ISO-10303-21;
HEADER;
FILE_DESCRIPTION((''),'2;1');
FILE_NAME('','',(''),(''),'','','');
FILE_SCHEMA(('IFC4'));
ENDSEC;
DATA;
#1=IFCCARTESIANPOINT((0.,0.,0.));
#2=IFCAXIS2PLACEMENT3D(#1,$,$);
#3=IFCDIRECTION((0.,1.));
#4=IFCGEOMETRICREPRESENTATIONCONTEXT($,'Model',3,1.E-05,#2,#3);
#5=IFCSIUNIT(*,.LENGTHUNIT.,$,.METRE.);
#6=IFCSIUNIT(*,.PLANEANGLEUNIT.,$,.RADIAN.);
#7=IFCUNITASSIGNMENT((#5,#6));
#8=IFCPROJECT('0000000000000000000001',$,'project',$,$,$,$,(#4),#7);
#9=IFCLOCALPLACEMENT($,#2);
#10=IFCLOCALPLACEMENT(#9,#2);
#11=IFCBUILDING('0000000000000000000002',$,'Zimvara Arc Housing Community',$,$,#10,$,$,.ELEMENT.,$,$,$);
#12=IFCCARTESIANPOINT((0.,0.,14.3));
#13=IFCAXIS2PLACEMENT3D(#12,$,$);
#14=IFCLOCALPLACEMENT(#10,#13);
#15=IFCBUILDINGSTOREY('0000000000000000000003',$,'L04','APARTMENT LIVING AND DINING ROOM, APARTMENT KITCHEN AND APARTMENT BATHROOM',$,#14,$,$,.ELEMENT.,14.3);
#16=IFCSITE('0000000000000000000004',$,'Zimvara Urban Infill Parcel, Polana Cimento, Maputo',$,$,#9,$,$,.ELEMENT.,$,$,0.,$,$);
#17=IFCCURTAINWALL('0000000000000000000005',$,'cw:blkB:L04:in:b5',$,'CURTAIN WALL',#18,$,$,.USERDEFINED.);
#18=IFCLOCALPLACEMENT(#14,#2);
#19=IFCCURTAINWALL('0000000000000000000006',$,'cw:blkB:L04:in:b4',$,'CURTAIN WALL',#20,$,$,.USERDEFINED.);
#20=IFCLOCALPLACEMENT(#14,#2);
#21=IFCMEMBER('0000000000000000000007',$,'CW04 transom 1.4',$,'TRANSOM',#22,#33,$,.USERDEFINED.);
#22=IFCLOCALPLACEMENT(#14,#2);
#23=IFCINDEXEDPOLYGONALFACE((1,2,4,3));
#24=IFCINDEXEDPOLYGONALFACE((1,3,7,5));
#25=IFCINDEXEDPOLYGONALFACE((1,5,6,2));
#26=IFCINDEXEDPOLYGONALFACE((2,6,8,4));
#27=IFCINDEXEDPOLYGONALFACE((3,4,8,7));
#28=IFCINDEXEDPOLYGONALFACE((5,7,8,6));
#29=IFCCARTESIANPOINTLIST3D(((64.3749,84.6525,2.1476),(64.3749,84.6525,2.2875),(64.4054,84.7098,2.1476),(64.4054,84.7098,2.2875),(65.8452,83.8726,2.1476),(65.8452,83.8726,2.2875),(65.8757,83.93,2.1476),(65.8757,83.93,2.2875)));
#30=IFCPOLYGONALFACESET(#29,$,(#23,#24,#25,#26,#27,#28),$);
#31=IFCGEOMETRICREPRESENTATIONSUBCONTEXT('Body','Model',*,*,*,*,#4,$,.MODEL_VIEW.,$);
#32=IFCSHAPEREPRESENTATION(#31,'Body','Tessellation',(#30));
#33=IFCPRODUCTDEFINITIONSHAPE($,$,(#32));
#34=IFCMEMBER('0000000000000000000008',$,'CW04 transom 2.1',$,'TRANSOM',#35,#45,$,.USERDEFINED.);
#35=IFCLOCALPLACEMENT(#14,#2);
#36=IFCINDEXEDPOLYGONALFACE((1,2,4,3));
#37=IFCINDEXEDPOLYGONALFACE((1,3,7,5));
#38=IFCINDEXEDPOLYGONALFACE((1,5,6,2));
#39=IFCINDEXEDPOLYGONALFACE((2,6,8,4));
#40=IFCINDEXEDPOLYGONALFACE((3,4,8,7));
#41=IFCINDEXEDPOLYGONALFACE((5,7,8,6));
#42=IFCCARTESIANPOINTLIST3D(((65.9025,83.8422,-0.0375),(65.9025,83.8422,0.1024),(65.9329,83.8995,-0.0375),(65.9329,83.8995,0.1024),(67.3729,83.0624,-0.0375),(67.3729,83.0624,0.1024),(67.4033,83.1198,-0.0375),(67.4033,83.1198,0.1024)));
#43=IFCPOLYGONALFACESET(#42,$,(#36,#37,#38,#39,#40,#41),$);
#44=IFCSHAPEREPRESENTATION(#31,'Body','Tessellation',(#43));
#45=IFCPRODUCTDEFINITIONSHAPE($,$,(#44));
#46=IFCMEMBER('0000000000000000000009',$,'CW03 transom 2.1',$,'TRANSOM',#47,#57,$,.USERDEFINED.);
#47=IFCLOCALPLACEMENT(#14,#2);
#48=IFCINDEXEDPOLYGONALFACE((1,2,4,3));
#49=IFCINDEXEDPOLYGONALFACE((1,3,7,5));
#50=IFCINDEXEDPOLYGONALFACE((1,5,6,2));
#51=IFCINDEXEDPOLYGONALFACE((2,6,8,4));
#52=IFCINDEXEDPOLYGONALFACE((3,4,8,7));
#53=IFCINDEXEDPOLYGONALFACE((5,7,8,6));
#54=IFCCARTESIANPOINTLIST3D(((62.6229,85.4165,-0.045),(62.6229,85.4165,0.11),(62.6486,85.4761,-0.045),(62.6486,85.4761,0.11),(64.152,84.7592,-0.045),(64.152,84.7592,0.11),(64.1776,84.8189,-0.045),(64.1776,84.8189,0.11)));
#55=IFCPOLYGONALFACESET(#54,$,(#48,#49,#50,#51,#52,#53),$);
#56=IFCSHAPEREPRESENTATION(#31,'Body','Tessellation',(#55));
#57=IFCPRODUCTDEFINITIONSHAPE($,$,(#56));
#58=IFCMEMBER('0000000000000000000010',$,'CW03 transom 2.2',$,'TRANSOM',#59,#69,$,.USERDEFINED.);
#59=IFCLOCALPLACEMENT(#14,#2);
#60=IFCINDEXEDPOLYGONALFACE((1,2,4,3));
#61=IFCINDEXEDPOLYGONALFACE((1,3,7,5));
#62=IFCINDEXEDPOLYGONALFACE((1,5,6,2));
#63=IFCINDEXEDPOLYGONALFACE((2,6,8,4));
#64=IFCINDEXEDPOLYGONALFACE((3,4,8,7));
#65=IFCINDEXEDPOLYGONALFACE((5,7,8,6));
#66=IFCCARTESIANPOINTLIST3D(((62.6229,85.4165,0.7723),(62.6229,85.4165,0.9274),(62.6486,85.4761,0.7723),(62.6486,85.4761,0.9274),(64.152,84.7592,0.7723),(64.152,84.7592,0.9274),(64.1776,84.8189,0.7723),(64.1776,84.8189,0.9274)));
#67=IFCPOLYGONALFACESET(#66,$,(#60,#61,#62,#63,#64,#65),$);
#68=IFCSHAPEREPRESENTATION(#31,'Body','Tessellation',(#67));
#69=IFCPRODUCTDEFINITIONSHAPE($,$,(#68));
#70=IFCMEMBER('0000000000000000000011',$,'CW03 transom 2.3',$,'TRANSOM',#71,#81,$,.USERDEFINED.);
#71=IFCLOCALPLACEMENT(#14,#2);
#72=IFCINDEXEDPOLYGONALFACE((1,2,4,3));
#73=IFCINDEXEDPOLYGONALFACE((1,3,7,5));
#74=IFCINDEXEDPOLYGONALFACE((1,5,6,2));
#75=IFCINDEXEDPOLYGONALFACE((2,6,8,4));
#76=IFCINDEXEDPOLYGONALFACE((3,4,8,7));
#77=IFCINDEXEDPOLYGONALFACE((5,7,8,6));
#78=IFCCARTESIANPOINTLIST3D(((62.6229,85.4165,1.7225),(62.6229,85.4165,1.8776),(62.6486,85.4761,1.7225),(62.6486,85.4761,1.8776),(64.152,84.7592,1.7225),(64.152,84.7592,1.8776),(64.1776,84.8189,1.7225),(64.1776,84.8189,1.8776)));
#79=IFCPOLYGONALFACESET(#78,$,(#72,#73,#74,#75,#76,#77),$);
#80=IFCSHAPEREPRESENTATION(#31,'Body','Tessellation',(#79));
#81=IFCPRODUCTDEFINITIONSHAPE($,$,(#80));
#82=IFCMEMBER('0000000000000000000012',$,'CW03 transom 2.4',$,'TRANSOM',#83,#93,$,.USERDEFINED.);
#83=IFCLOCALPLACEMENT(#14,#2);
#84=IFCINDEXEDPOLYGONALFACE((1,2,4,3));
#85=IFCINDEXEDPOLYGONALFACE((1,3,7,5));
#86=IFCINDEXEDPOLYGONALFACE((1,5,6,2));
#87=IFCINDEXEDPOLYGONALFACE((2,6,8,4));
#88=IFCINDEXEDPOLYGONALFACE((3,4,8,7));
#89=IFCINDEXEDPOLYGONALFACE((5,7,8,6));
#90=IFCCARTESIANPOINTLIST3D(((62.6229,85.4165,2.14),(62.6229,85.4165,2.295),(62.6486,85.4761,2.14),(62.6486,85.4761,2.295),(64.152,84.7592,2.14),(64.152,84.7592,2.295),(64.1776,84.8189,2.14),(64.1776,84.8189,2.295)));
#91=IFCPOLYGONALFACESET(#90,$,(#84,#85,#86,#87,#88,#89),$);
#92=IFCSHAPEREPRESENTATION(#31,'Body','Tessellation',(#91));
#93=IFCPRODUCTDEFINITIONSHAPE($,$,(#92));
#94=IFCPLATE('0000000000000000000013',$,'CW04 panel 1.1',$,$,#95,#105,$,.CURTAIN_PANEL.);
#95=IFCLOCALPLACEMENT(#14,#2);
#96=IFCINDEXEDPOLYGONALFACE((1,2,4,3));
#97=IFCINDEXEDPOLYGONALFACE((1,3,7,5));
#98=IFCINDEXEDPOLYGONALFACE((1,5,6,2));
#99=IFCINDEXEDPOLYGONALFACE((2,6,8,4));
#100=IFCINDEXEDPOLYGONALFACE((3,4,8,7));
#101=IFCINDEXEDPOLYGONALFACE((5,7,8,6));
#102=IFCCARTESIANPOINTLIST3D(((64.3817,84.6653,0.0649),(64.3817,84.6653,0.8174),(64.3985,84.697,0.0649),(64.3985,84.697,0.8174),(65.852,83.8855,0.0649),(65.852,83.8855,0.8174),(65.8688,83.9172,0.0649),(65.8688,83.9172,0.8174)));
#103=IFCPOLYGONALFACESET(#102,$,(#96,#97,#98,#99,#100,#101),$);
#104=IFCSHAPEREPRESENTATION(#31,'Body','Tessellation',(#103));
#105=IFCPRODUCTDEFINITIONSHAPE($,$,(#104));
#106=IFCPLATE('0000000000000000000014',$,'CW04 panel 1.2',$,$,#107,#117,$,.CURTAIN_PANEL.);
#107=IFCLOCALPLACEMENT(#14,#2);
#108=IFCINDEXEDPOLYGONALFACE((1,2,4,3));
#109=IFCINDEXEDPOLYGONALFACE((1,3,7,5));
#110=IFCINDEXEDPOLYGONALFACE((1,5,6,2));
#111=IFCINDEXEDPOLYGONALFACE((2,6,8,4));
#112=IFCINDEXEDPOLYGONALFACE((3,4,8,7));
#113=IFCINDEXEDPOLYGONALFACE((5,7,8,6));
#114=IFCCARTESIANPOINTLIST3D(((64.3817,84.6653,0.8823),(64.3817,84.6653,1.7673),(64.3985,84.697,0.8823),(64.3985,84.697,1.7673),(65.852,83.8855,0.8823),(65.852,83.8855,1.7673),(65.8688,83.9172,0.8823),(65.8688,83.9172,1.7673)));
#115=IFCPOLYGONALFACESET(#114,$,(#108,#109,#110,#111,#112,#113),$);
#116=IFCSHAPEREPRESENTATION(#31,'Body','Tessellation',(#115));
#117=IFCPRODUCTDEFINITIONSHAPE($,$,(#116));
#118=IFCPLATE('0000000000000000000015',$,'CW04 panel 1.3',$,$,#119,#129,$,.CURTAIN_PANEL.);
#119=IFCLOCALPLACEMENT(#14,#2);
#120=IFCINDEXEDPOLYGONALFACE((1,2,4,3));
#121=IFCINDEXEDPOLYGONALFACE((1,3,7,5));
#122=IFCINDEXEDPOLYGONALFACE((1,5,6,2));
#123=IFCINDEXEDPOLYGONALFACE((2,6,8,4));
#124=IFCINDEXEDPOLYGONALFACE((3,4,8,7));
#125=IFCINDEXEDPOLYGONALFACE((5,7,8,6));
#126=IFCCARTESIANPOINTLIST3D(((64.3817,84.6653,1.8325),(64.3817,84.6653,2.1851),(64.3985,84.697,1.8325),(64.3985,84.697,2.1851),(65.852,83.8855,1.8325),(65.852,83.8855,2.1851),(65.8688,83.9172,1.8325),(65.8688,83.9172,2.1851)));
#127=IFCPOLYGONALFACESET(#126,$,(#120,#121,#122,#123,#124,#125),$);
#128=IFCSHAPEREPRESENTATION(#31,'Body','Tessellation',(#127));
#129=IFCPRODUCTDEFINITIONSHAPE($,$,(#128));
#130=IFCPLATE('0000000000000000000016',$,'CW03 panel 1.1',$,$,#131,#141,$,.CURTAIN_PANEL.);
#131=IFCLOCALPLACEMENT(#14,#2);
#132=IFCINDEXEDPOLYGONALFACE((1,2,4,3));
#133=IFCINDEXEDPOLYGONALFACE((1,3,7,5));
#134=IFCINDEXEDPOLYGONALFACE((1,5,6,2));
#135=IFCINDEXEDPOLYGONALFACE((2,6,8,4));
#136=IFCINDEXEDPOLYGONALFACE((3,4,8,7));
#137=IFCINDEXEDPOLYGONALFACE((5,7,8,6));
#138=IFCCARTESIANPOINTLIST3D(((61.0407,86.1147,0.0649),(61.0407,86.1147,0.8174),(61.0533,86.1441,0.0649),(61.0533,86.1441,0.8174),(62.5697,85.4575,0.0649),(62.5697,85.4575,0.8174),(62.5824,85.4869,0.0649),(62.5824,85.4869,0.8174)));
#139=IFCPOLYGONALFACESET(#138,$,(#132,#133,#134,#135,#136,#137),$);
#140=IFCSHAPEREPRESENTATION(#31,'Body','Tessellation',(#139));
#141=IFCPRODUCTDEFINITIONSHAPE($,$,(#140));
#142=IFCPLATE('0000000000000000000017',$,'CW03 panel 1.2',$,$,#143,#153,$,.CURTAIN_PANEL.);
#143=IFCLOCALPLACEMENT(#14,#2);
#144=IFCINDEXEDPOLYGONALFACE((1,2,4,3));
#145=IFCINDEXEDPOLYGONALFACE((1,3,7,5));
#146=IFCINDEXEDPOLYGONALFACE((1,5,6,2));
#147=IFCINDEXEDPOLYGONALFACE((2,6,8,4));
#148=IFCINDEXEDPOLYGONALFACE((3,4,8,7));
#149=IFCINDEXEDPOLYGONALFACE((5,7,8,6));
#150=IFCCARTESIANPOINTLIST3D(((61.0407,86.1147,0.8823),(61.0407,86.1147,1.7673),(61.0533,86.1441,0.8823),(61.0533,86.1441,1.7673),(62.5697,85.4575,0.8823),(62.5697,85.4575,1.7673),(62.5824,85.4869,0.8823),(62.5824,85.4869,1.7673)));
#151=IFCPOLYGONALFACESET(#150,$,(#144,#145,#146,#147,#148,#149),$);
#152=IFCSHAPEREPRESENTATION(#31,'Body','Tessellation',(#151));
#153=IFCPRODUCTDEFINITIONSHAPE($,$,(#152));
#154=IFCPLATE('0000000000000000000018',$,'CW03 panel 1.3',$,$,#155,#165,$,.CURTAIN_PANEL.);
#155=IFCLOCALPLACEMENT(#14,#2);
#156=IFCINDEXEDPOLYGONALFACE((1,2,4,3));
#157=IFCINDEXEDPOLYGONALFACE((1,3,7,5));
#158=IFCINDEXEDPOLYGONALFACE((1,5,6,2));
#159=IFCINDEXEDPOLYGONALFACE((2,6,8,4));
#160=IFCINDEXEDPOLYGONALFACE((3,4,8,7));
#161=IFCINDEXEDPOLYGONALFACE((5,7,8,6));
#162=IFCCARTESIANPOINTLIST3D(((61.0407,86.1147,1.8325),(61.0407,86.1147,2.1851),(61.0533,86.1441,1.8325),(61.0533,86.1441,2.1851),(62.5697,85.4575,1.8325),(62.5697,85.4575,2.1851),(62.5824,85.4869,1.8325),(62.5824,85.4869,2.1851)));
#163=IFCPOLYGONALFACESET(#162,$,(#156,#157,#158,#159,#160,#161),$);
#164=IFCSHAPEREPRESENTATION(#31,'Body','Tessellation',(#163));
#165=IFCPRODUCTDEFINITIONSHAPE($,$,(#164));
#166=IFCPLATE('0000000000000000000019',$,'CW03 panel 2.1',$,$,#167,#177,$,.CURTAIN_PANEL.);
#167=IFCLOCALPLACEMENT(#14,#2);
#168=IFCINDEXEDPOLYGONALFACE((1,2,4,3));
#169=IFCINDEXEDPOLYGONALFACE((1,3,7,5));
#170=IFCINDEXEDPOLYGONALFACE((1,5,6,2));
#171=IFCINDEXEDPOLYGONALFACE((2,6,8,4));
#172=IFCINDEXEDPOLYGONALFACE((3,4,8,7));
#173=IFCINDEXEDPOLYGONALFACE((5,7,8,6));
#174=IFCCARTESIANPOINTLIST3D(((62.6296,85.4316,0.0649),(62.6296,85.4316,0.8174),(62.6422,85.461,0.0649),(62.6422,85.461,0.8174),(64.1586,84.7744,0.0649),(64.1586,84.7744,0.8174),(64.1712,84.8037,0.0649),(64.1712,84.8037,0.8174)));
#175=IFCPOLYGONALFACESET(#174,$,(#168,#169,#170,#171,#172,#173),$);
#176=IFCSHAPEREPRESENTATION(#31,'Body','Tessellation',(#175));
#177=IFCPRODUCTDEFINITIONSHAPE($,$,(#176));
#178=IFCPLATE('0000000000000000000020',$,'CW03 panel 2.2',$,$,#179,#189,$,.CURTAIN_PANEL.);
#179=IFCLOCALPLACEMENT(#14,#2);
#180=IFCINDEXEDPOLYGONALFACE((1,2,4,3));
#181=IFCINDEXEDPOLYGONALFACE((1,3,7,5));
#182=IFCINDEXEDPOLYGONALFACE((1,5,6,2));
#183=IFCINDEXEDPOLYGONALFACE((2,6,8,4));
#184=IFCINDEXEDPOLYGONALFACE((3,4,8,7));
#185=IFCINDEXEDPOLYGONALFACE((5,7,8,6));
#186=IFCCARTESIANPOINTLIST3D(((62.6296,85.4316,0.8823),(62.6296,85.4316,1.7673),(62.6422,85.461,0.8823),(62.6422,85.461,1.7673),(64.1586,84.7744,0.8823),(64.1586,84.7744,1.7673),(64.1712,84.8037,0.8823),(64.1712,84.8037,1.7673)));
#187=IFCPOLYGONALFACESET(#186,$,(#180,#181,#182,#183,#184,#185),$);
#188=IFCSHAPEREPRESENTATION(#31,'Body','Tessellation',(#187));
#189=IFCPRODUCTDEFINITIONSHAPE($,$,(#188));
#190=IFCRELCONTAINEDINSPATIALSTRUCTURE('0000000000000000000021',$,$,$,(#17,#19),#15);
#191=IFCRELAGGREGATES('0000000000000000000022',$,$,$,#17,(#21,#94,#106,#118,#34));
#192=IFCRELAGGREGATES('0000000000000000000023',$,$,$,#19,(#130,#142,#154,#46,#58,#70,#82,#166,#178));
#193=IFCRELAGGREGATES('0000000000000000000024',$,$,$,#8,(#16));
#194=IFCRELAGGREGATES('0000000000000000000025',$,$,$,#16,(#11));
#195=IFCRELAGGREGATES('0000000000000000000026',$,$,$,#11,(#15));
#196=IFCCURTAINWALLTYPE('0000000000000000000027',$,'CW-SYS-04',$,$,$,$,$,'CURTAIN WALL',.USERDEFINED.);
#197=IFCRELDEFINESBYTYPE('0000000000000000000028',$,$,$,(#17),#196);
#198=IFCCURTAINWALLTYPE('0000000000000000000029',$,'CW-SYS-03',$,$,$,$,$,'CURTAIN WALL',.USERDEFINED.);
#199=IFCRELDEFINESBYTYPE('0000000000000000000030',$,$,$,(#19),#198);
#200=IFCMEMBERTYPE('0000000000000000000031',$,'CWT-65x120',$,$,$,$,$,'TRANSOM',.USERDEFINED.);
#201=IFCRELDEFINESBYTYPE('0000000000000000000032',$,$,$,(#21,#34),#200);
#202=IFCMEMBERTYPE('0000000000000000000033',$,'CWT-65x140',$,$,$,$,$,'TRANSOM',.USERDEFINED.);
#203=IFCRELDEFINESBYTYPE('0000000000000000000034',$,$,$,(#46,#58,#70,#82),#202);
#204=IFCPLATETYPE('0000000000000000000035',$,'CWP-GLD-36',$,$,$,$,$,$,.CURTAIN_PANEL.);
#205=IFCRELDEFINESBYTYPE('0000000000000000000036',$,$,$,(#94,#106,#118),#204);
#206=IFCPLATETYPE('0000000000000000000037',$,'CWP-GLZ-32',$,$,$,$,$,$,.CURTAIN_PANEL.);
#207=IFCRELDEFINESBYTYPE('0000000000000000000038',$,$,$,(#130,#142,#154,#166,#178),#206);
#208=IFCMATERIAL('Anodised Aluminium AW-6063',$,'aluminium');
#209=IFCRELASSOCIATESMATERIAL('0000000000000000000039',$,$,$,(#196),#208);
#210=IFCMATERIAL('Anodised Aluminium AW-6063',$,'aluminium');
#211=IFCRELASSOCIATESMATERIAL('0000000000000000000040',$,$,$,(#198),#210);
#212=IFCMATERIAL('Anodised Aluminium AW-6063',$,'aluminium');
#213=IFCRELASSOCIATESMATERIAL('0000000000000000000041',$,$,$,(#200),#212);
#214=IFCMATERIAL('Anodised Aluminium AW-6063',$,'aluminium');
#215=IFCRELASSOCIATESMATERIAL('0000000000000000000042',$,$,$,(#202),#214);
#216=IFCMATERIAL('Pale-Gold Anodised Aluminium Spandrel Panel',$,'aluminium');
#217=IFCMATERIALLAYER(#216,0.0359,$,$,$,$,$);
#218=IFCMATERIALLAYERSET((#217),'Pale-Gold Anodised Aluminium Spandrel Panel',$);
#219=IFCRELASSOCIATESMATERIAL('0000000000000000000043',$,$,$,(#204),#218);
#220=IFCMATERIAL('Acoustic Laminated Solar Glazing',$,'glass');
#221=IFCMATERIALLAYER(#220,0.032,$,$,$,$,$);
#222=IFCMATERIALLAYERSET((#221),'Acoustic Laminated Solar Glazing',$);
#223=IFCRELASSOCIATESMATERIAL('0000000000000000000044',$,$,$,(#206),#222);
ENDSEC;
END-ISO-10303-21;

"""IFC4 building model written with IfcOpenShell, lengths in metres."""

from ifc_helpers import new_model, si_unit, direction, frame, origin, origin_2d, place, context, subcontext, project, spatial, rectangle, extrude, material, layer, layer_set, material_profile, profile_set, type_object, element, aggregate, save


model = new_model("IFC4")

# Units and contexts
model_context = context("Model", 3, precision=1e-05, world=origin(), true_north=direction((0.0, 1.0)))
body_context = subcontext(model_context, "Body", "Model", "MODEL_VIEW")
ifc_project = project(units=[si_unit("LENGTHUNIT", "METRE"), si_unit("PLANEANGLEUNIT", "RADIAN")], contexts=[model_context])

# Site, building, storey
site_placement = place(None, origin())
site = spatial("IfcSite", under=ifc_project, at=site_placement, Name="Zimvara Urban Infill Parcel, Polana Cimento, Maputo", CompositionType="ELEMENT", RefElevation=0.0)
building_placement = place(site_placement, origin())
building = spatial("IfcBuilding", under=site, at=building_placement, Name="Zimvara Arc Housing Community", CompositionType="ELEMENT")
storey_placement = place(building_placement, frame((0.0, 0.0, 14.3)))
storey = spatial("IfcBuildingStorey", under=building, at=storey_placement, Name="L04", Description="APARTMENT LIVING AND DINING ROOM, APARTMENT KITCHEN AND APARTMENT BATHROOM", CompositionType="ELEMENT", Elevation=14.3)

# Curtain walls
ifc_material_1 = material(Name="Anodised Aluminium AW-6063", Category="aluminium")
curtain_wall_type_1 = type_object("IfcCurtainWallType", Name="CW-SYS-04", ElementType="CURTAIN WALL", PredefinedType="USERDEFINED", material=ifc_material_1)
curtain_wall_1_placement = place(storey_placement, origin())
curtain_wall_1 = element("IfcCurtainWall", 1, at=curtain_wall_1_placement, inside=storey, type_object=curtain_wall_type_1, Name="cw:blkB:L04:in:b5", ObjectType="CURTAIN WALL", PredefinedType="USERDEFINED")
ifc_material_2 = material(Name="Anodised Aluminium AW-6063", Category="aluminium")
curtain_wall_type_2 = type_object("IfcCurtainWallType", Name="CW-SYS-03", ElementType="CURTAIN WALL", PredefinedType="USERDEFINED", material=ifc_material_2)
curtain_wall_2_placement = place(storey_placement, origin())
curtain_wall_2 = element("IfcCurtainWall", 2, at=curtain_wall_2_placement, inside=storey, type_object=curtain_wall_type_2, Name="cw:blkB:L04:in:b4", ObjectType="CURTAIN WALL", PredefinedType="USERDEFINED")

# Members
ifc_material_3 = material(Name="Anodised Aluminium AW-6063", Category="aluminium")
ifc_material_profile_1 = material_profile(ifc_material_3, rectangle(XDim=0.0649, YDim=0.1399, at=origin_2d()), Name="ALU 65x140")
ifc_profile_set_1 = profile_set([ifc_material_profile_1], Name="Anodised Aluminium AW-6063")
member_type_1 = type_object("IfcMemberType", Name="CWT-65x120", ElementType="TRANSOM", PredefinedType="USERDEFINED", material=ifc_profile_set_1)
member_1_placement = place(storey_placement, frame((64.3901, 84.6812, 2.2175), z_axis=(0.883431, -0.468562, 0.0), x_axis=(0.468562, 0.883431, 0.0)))
member_1 = element("IfcMember", 3, at=member_1_placement, type_object=member_type_1, Name="CW04 transom 1.4", ObjectType="TRANSOM", PredefinedType="USERDEFINED", context=body_context, shape_type="SweptSolid", body=[
    extrude(rectangle(XDim=0.0649, YDim=0.1399, at=origin_2d()), origin(), (0.0, 0.0, 1.0), 1.6643),
])
member_2_placement = place(storey_placement, frame((65.9177, 83.8708, 0.0325), z_axis=(0.883463, -0.468501, 0.0), x_axis=(0.468501, 0.883463, 0.0)))
member_2 = element("IfcMember", 4, at=member_2_placement, type_object=member_type_1, Name="CW04 transom 2.1", ObjectType="TRANSOM", PredefinedType="USERDEFINED", context=body_context, shape_type="SweptSolid", body=[
    extrude(rectangle(XDim=0.0649, YDim=0.1399, at=origin_2d()), origin(), (0.0, 0.0, 1.0), 1.6643),
])
ifc_material_4 = material(Name="Anodised Aluminium AW-6063", Category="aluminium")
ifc_material_profile_2 = material_profile(ifc_material_4, rectangle(XDim=0.0649, YDim=0.155, at=origin_2d()), Name="ALU 65x155")
ifc_profile_set_2 = profile_set([ifc_material_profile_2], Name="Anodised Aluminium AW-6063")
member_type_2 = type_object("IfcMemberType", Name="CWT-65x140", ElementType="TRANSOM", PredefinedType="USERDEFINED", material=ifc_profile_set_2)
member_3_placement = place(storey_placement, frame((62.6357, 85.4463, 0.0325), z_axis=(0.918727, -0.394893, 0.0), x_axis=(0.394893, 0.918727, 0.0)))
member_3 = element("IfcMember", 5, at=member_3_placement, type_object=member_type_2, Name="CW03 transom 2.1", ObjectType="TRANSOM", PredefinedType="USERDEFINED", context=body_context, shape_type="SweptSolid", body=[
    extrude(rectangle(XDim=0.0649, YDim=0.155, at=origin_2d()), origin(), (0.0, 0.0, 1.0), 1.6643),
])
member_4_placement = place(storey_placement, frame((62.6357, 85.4463, 0.8499), z_axis=(0.918727, -0.394893, 0.0), x_axis=(0.394893, 0.918727, 0.0)))
member_4 = element("IfcMember", 6, at=member_4_placement, type_object=member_type_2, Name="CW03 transom 2.2", ObjectType="TRANSOM", PredefinedType="USERDEFINED", context=body_context, shape_type="SweptSolid", body=[
    extrude(rectangle(XDim=0.0649, YDim=0.155, at=origin_2d()), origin(), (0.0, 0.0, 1.0), 1.6643),
])
member_5_placement = place(storey_placement, frame((62.6357, 85.4463, 1.8), z_axis=(0.918727, -0.394893, 0.0), x_axis=(0.394893, 0.918727, 0.0)))
member_5 = element("IfcMember", 7, at=member_5_placement, type_object=member_type_2, Name="CW03 transom 2.3", ObjectType="TRANSOM", PredefinedType="USERDEFINED", context=body_context, shape_type="SweptSolid", body=[
    extrude(rectangle(XDim=0.0649, YDim=0.155, at=origin_2d()), origin(), (0.0, 0.0, 1.0), 1.6643),
])
member_6_placement = place(storey_placement, frame((62.6357, 85.4463, 2.2175), z_axis=(0.918727, -0.394893, 0.0), x_axis=(0.394893, 0.918727, 0.0)))
member_6 = element("IfcMember", 8, at=member_6_placement, type_object=member_type_2, Name="CW03 transom 2.4", ObjectType="TRANSOM", PredefinedType="USERDEFINED", context=body_context, shape_type="SweptSolid", body=[
    extrude(rectangle(XDim=0.0649, YDim=0.155, at=origin_2d()), origin(), (0.0, 0.0, 1.0), 1.6643),
])

# Plates
ifc_material_5 = material(Name="Pale-Gold Anodised Aluminium Spandrel Panel", Category="aluminium")
ifc_layer_1 = layer(ifc_material_5, 0.0359)
ifc_layer_set_1 = layer_set([ifc_layer_1], Name="Pale-Gold Anodised Aluminium Spandrel Panel")
plate_type_1 = type_object("IfcPlateType", Name="CWP-GLD-36", PredefinedType="CURTAIN_PANEL", material=ifc_layer_set_1)
plate_1_placement = place(storey_placement, frame((65.1252, 84.2913, 0.0649), z_axis=(0.0, 0.0, 1.0), x_axis=(0.88344, -0.468545, 0.0)))
plate_1 = element("IfcPlate", 9, at=plate_1_placement, type_object=plate_type_1, Name="CW04 panel 1.1", PredefinedType="CURTAIN_PANEL", context=body_context, shape_type="SweptSolid", body=[
    extrude(rectangle(XDim=1.6643, YDim=0.0359, at=origin_2d()), origin(), (0.0, 0.0, 1.0), 0.7524),
])
plate_2_placement = place(storey_placement, frame((65.1252, 84.2913, 0.8823), z_axis=(0.0, 0.0, 1.0), x_axis=(0.88344, -0.468545, 0.0)))
plate_2 = element("IfcPlate", 10, at=plate_2_placement, type_object=plate_type_1, Name="CW04 panel 1.2", PredefinedType="CURTAIN_PANEL", context=body_context, shape_type="SweptSolid", body=[
    extrude(rectangle(XDim=1.6643, YDim=0.0359, at=origin_2d()), origin(), (0.0, 0.0, 1.0), 0.885),
])
plate_3_placement = place(storey_placement, frame((65.1252, 84.2913, 1.8325), z_axis=(0.0, 0.0, 1.0), x_axis=(0.88344, -0.468545, 0.0)))
plate_3 = element("IfcPlate", 11, at=plate_3_placement, type_object=plate_type_1, Name="CW04 panel 1.3", PredefinedType="CURTAIN_PANEL", context=body_context, shape_type="SweptSolid", body=[
    extrude(rectangle(XDim=1.6643, YDim=0.0359, at=origin_2d()), origin(), (0.0, 0.0, 1.0), 0.3525),
])
aggregate(curtain_wall_1, [member_1, plate_1, plate_2, plate_3, member_2])
ifc_material_6 = material(Name="Acoustic Laminated Solar Glazing", Category="glass")
ifc_layer_2 = layer(ifc_material_6, 0.032)
ifc_layer_set_2 = layer_set([ifc_layer_2], Name="Acoustic Laminated Solar Glazing")
plate_type_2 = type_object("IfcPlateType", Name="CWP-GLZ-32", PredefinedType="CURTAIN_PANEL", material=ifc_layer_set_2)
plate_4_placement = place(storey_placement, frame((61.8115, 85.8008, 0.0649), z_axis=(0.0, 0.0, 1.0), x_axis=(0.918722, -0.394904, 0.0)))
plate_4 = element("IfcPlate", 12, at=plate_4_placement, type_object=plate_type_2, Name="CW03 panel 1.1", PredefinedType="CURTAIN_PANEL", context=body_context, shape_type="SweptSolid", body=[
    extrude(rectangle(XDim=1.6643, YDim=0.032, at=origin_2d()), origin(), (0.0, 0.0, 1.0), 0.7524),
])
plate_5_placement = place(storey_placement, frame((61.8115, 85.8008, 0.8823), z_axis=(0.0, 0.0, 1.0), x_axis=(0.918722, -0.394904, 0.0)))
plate_5 = element("IfcPlate", 13, at=plate_5_placement, type_object=plate_type_2, Name="CW03 panel 1.2", PredefinedType="CURTAIN_PANEL", context=body_context, shape_type="SweptSolid", body=[
    extrude(rectangle(XDim=1.6643, YDim=0.032, at=origin_2d()), origin(), (0.0, 0.0, 1.0), 0.885),
])
plate_6_placement = place(storey_placement, frame((61.8115, 85.8008, 1.8325), z_axis=(0.0, 0.0, 1.0), x_axis=(0.918722, -0.394904, 0.0)))
plate_6 = element("IfcPlate", 14, at=plate_6_placement, type_object=plate_type_2, Name="CW03 panel 1.3", PredefinedType="CURTAIN_PANEL", context=body_context, shape_type="SweptSolid", body=[
    extrude(rectangle(XDim=1.6643, YDim=0.032, at=origin_2d()), origin(), (0.0, 0.0, 1.0), 0.3525),
])
plate_7_placement = place(storey_placement, frame((63.4004, 85.1177, 0.0649), z_axis=(0.0, 0.0, 1.0), x_axis=(0.918722, -0.394904, 0.0)))
plate_7 = element("IfcPlate", 15, at=plate_7_placement, type_object=plate_type_2, Name="CW03 panel 2.1", PredefinedType="CURTAIN_PANEL", context=body_context, shape_type="SweptSolid", body=[
    extrude(rectangle(XDim=1.6643, YDim=0.032, at=origin_2d()), origin(), (0.0, 0.0, 1.0), 0.7524),
])
plate_8_placement = place(storey_placement, frame((63.4004, 85.1177, 0.8823), z_axis=(0.0, 0.0, 1.0), x_axis=(0.918722, -0.394904, 0.0)))
plate_8 = element("IfcPlate", 16, at=plate_8_placement, type_object=plate_type_2, Name="CW03 panel 2.2", PredefinedType="CURTAIN_PANEL", context=body_context, shape_type="SweptSolid", body=[
    extrude(rectangle(XDim=1.6643, YDim=0.032, at=origin_2d()), origin(), (0.0, 0.0, 1.0), 0.885),
])
aggregate(curtain_wall_2, [plate_4, plate_5, plate_6, member_3, member_4, member_5, member_6, plate_7, plate_8])

save(model, "model.ifc")
